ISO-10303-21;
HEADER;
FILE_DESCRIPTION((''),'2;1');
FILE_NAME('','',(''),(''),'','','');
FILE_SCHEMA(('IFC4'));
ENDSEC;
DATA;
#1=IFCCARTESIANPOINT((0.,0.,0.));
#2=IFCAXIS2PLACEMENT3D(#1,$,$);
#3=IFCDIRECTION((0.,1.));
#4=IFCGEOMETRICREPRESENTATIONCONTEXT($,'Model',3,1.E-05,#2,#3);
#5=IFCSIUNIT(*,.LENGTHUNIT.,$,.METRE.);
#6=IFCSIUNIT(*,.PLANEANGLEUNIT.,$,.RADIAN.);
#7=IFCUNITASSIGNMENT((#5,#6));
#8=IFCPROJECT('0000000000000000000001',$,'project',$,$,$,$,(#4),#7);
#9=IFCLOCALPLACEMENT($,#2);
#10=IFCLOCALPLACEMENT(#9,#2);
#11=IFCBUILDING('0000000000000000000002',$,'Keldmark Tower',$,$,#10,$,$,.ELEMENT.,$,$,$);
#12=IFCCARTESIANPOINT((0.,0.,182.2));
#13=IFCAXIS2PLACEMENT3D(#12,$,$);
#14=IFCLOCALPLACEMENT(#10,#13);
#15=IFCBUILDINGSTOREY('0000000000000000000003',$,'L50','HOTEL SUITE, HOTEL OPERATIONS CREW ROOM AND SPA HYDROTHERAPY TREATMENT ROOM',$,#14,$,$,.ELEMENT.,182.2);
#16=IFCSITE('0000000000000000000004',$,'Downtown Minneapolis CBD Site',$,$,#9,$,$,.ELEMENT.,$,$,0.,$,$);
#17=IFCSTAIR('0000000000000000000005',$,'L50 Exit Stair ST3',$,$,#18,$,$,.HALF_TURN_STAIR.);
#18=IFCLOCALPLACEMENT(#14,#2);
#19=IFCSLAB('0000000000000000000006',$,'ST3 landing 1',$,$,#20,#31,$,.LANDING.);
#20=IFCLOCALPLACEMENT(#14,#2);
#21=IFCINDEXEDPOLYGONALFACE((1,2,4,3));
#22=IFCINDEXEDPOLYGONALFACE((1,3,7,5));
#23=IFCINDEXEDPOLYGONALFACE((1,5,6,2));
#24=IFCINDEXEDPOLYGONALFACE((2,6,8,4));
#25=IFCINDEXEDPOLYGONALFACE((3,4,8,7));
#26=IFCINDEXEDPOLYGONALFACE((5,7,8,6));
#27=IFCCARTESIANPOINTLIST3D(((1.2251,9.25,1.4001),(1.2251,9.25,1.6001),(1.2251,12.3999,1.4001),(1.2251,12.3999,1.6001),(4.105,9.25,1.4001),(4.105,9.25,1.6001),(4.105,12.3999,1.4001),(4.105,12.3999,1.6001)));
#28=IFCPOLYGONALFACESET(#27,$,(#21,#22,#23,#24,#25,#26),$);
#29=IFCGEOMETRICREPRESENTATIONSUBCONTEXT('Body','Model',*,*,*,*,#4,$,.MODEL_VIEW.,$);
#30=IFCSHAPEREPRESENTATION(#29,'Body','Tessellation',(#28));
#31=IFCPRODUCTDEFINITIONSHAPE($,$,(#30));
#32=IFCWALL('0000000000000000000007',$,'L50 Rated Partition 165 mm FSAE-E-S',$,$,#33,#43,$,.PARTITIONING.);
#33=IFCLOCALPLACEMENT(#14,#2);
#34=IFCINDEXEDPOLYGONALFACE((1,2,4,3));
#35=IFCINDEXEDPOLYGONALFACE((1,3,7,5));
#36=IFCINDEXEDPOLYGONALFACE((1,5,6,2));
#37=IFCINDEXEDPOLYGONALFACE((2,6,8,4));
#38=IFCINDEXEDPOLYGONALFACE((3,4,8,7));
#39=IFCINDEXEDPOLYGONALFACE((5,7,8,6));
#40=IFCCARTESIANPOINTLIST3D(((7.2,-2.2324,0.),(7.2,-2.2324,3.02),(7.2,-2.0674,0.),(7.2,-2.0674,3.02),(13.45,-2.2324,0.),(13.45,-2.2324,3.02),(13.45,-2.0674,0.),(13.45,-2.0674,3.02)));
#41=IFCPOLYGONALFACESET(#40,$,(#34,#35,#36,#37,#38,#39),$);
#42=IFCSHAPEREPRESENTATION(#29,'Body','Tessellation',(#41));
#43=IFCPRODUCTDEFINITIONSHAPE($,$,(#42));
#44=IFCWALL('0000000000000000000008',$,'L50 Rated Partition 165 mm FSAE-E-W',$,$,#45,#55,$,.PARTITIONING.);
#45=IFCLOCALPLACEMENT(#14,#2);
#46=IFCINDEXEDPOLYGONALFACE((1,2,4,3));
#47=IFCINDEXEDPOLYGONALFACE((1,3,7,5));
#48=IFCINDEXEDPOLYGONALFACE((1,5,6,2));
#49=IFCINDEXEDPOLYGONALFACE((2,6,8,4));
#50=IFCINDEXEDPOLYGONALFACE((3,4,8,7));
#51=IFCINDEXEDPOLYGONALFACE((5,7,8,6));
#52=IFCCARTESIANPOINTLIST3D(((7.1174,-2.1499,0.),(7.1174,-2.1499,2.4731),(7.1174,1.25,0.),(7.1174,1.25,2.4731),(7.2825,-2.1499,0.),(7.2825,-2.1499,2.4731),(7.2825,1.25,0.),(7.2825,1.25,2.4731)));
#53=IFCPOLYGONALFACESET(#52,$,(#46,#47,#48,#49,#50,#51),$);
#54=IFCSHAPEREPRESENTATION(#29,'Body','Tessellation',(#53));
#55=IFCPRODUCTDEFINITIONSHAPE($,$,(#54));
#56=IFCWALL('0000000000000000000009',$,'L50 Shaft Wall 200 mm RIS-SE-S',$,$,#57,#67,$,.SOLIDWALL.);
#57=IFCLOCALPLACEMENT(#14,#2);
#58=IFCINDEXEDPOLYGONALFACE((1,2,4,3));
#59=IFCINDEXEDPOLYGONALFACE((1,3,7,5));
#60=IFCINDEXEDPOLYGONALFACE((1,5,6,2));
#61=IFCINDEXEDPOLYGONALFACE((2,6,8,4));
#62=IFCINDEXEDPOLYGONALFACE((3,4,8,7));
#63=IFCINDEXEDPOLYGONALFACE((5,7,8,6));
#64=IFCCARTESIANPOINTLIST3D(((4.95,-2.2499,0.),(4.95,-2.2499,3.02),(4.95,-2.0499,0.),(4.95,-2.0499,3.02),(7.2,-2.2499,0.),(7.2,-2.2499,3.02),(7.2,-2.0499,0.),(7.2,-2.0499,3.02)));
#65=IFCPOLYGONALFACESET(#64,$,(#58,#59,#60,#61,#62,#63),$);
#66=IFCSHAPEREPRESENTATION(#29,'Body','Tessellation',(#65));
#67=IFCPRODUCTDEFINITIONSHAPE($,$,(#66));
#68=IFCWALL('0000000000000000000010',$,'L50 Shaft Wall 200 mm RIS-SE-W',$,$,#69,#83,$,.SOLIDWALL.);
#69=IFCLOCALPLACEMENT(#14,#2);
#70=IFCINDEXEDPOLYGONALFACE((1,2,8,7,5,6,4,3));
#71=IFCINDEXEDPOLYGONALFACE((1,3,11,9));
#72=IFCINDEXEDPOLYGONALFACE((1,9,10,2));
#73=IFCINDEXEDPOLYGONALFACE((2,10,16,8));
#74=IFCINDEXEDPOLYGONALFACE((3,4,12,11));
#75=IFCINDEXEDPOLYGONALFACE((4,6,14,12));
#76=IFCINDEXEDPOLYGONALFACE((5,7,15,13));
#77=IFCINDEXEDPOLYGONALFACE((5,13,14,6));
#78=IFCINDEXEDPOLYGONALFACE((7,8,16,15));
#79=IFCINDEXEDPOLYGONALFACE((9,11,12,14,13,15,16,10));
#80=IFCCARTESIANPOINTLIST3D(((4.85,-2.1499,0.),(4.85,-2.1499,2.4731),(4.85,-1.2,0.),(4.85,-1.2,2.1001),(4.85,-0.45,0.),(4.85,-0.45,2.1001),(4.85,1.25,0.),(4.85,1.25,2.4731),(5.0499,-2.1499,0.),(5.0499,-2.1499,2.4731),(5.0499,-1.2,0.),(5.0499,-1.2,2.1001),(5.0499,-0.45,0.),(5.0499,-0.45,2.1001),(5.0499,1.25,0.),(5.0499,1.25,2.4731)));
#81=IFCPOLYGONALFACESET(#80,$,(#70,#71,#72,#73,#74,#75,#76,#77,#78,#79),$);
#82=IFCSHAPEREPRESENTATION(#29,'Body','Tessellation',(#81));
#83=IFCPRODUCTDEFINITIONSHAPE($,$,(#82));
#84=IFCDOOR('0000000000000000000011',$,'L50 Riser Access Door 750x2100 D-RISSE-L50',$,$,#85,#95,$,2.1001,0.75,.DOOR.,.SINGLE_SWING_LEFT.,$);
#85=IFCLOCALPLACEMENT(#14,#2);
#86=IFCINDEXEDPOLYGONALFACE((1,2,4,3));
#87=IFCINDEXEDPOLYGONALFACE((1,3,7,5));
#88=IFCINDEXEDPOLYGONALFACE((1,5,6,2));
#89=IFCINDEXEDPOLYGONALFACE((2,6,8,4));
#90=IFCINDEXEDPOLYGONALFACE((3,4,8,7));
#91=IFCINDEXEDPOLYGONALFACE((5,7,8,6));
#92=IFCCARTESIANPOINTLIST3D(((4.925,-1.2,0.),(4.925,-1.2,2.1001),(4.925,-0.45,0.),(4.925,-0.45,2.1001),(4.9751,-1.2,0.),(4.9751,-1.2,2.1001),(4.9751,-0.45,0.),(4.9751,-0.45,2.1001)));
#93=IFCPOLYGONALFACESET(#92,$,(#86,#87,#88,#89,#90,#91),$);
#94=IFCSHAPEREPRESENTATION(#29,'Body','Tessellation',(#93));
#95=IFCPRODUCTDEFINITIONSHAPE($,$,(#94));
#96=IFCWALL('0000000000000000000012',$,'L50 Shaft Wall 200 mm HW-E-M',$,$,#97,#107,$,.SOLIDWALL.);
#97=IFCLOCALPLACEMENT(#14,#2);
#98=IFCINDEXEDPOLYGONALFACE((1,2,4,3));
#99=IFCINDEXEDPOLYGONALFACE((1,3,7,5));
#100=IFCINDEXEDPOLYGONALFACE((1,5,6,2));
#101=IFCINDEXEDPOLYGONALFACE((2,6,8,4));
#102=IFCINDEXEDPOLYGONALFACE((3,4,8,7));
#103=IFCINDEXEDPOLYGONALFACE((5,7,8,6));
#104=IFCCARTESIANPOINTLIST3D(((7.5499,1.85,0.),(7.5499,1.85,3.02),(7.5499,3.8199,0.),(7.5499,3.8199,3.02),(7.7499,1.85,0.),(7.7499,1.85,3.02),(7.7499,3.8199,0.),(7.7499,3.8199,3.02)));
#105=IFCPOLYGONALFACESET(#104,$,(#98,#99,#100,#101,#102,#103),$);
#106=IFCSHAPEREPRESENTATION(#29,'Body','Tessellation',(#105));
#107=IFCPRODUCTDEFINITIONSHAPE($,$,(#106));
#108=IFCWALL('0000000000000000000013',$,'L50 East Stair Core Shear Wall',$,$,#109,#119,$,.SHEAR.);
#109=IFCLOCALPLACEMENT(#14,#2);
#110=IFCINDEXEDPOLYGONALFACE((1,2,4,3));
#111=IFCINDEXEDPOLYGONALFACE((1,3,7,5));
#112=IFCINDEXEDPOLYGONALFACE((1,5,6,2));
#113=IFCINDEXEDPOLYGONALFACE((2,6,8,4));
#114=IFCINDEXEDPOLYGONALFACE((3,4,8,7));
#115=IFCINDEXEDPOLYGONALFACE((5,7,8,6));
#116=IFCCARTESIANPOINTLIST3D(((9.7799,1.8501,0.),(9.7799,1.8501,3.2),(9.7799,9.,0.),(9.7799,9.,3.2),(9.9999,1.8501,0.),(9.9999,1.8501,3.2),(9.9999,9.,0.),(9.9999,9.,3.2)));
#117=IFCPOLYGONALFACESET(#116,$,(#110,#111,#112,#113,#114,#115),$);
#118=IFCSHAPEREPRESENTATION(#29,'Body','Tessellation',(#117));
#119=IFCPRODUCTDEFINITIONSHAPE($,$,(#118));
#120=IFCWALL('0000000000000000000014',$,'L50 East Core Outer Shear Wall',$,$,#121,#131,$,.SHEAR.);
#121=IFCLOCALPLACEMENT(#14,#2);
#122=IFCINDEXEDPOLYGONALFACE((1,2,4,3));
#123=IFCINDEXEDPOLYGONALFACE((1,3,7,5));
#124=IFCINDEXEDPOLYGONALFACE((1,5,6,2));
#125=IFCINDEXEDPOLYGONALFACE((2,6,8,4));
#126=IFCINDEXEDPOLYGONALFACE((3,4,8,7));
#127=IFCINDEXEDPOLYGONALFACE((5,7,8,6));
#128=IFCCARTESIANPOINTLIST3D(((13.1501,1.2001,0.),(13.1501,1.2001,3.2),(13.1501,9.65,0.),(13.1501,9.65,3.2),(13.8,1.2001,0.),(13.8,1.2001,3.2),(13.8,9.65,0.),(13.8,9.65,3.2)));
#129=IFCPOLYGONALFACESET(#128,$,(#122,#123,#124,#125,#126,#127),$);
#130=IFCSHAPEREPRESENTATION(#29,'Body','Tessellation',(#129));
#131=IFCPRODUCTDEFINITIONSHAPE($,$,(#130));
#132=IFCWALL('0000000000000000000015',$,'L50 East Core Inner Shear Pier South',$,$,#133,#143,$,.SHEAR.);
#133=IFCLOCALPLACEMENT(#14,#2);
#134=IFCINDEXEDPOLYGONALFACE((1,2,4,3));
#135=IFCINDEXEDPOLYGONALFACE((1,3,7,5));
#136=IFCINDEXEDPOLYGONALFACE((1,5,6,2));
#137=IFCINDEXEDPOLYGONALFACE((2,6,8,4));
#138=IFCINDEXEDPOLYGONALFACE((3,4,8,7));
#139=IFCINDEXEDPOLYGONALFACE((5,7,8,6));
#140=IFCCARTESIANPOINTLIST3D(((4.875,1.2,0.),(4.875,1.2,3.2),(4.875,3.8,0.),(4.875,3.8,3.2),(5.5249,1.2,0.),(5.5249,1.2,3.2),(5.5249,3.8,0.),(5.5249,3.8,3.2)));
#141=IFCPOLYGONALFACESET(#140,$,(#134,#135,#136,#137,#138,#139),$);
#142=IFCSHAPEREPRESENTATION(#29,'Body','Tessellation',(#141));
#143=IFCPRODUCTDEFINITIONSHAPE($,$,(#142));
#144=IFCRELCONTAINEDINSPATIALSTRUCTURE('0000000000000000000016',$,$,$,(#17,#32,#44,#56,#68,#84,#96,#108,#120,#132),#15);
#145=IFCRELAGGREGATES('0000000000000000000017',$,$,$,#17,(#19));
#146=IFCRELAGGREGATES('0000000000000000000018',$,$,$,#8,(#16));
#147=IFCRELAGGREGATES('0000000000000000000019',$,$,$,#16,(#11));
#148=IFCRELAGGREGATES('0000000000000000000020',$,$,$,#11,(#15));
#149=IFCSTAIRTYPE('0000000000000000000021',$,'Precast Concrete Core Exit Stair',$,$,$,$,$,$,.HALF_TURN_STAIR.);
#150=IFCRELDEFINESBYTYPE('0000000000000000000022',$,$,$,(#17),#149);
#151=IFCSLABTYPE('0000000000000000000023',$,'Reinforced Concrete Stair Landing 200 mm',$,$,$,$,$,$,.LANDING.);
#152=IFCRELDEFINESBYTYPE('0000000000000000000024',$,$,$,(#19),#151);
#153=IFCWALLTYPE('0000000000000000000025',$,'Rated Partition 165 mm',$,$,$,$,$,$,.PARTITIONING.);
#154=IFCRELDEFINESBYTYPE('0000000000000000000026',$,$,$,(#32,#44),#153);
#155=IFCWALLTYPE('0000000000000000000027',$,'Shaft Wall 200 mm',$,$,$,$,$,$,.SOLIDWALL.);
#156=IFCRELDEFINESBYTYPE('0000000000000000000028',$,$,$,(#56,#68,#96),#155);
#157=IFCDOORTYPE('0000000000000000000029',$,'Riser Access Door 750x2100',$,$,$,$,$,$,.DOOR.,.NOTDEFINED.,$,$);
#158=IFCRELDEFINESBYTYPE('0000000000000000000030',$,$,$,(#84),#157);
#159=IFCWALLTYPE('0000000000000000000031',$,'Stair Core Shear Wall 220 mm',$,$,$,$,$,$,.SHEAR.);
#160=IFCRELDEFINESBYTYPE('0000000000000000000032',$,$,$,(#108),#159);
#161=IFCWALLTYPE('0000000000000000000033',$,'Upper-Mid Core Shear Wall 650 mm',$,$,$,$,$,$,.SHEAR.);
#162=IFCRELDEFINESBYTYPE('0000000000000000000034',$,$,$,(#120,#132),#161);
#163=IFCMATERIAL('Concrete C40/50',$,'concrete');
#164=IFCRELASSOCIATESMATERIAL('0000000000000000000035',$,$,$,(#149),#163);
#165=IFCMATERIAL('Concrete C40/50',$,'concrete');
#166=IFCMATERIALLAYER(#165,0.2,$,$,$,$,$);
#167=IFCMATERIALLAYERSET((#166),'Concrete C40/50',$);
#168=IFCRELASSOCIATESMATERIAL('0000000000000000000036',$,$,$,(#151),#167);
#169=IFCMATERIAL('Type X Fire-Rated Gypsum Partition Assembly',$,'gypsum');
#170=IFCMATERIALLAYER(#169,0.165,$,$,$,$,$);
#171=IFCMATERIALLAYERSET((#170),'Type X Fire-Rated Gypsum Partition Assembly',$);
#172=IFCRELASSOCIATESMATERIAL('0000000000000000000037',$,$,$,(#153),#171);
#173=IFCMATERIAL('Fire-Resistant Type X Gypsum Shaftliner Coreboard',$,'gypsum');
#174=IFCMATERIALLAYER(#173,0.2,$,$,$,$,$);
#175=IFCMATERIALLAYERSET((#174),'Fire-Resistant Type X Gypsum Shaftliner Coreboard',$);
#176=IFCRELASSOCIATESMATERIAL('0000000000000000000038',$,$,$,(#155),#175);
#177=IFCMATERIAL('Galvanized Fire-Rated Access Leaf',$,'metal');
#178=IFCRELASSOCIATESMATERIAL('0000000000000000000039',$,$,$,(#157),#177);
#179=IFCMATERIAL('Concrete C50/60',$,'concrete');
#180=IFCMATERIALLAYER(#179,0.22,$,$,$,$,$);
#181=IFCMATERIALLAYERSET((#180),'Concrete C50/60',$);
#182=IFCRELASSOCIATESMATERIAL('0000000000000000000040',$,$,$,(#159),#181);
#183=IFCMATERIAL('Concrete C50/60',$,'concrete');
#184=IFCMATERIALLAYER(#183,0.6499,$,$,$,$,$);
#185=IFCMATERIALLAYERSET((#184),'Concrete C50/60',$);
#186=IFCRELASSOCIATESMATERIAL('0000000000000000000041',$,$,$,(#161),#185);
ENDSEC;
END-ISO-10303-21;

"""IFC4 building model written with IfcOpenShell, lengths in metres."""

from ifc_helpers import new_model, si_unit, direction, frame, frame_2d, origin, place, context, subcontext, project, spatial, polyline, rectangle, outline, extrude, material, layer, layer_set, type_object, element, fill, aggregate, save


model = new_model("IFC4")

# Units and contexts
model_context = context("Model", 3, precision=1e-05, world=origin(), true_north=direction((0.0, 1.0)))
body_context = subcontext(model_context, "Body", "Model", "MODEL_VIEW")
ifc_project = project(units=[si_unit("LENGTHUNIT", "METRE"), si_unit("PLANEANGLEUNIT", "RADIAN")], contexts=[model_context])

# Site, building, storey
site_placement = place(None, origin())
site = spatial("IfcSite", under=ifc_project, at=site_placement, Name="Downtown Minneapolis CBD Site", CompositionType="ELEMENT", RefElevation=0.0)
building_placement = place(site_placement, origin())
building = spatial("IfcBuilding", under=site, at=building_placement, Name="Keldmark Tower", CompositionType="ELEMENT")
storey_placement = place(building_placement, frame((0.0, 0.0, 182.2)))
storey = spatial("IfcBuildingStorey", under=building, at=storey_placement, Name="L50", Description="HOTEL SUITE, HOTEL OPERATIONS CREW ROOM AND SPA HYDROTHERAPY TREATMENT ROOM", CompositionType="ELEMENT", Elevation=182.2)

# Stair, slab
ifc_material_1 = material(Name="Concrete C40/50", Category="concrete")
stair_type = type_object("IfcStairType", Name="Precast Concrete Core Exit Stair", PredefinedType="HALF_TURN_STAIR", material=ifc_material_1)
ifc_material_2 = material(Name="Concrete C40/50", Category="concrete")
ifc_layer_1 = layer(ifc_material_2, 0.2)
ifc_layer_set_1 = layer_set([ifc_layer_1], Name="Concrete C40/50")
slab_type_1 = type_object("IfcSlabType", Name="Reinforced Concrete Stair Landing 200 mm", PredefinedType="LANDING", material=ifc_layer_set_1)
stair_1_placement = place(storey_placement, origin())
stair_1 = element("IfcStair", 1, at=stair_1_placement, inside=storey, type_object=stair_type, Name="L50 Exit Stair ST3", PredefinedType="HALF_TURN_STAIR")
slab_1_placement = place(storey_placement, frame((0.0, 0.0, 1.4001)))
slab_1 = element("IfcSlab", 2, at=slab_1_placement, type_object=slab_type_1, Name="ST3 landing 1", PredefinedType="LANDING", context=body_context, shape_type="SweptSolid", body=[
    extrude(outline(polyline([(1.2251, 9.25), (4.105, 9.25), (4.105, 12.3999), (1.2251, 12.3999), (1.2251, 9.25)])), origin(), (0.0, 0.0, 1.0), 0.2),
])
aggregate(stair_1, [slab_1])

# Walls
ifc_material_3 = material(Name="Type X Fire-Rated Gypsum Partition Assembly", Category="gypsum")
ifc_layer_2 = layer(ifc_material_3, 0.165)
ifc_layer_set_2 = layer_set([ifc_layer_2], Name="Type X Fire-Rated Gypsum Partition Assembly")
wall_type_1 = type_object("IfcWallType", Name="Rated Partition 165 mm", PredefinedType="PARTITIONING", material=ifc_layer_set_2)
wall_1_placement = place(storey_placement, frame((7.2, -2.1499, 0.0), z_axis=(0.0, 0.0, 1.0), x_axis=(1.0, 0.0, 0.0)))
element("IfcWall", 3, at=wall_1_placement, inside=storey, type_object=wall_type_1, Name="L50 Rated Partition 165 mm FSAE-E-S", PredefinedType="PARTITIONING", context=body_context, shape_type="SweptSolid", body=[
    extrude(rectangle(XDim=6.25, YDim=0.165, at=frame_2d((3.125, 0.0))), origin(), (0.0, 0.0, 1.0), 3.02),
])
wall_2_placement = place(storey_placement, frame((7.2, -2.1499, 0.0), z_axis=(0.0, 0.0, 1.0), x_axis=(0.0, 1.0, 0.0)))
element("IfcWall", 4, at=wall_2_placement, inside=storey, type_object=wall_type_1, Name="L50 Rated Partition 165 mm FSAE-E-W", PredefinedType="PARTITIONING", context=body_context, shape_type="SweptSolid", body=[
    extrude(rectangle(XDim=3.3999, YDim=0.165, at=frame_2d((1.7, 0.0))), origin(), (0.0, 0.0, 1.0), 2.4731),
])

# Wall
ifc_material_4 = material(Name="Fire-Resistant Type X Gypsum Shaftliner Coreboard", Category="gypsum")
ifc_layer_3 = layer(ifc_material_4, 0.2)
ifc_layer_set_3 = layer_set([ifc_layer_3], Name="Fire-Resistant Type X Gypsum Shaftliner Coreboard")
wall_type_2 = type_object("IfcWallType", Name="Shaft Wall 200 mm", PredefinedType="SOLIDWALL", material=ifc_layer_set_3)
wall_3_placement = place(storey_placement, frame((4.95, -2.1499, 0.0), z_axis=(0.0, 0.0, 1.0), x_axis=(1.0, 0.0, 0.0)))
element("IfcWall", 5, at=wall_3_placement, inside=storey, type_object=wall_type_2, Name="L50 Shaft Wall 200 mm RIS-SE-S", PredefinedType="SOLIDWALL", context=body_context, shape_type="SweptSolid", body=[
    extrude(rectangle(XDim=2.25, YDim=0.2, at=frame_2d((1.125, 0.0))), origin(), (0.0, 0.0, 1.0), 3.02),
])

# Wall, opening, door
wall_4_placement = place(storey_placement, frame((4.95, -2.1499, 0.0), z_axis=(0.0, 0.0, 1.0), x_axis=(0.0, 1.0, 0.0)))
wall_4 = element("IfcWall", 6, at=wall_4_placement, inside=storey, type_object=wall_type_2, Name="L50 Shaft Wall 200 mm RIS-SE-W", PredefinedType="SOLIDWALL", context=body_context, shape_type="SweptSolid", body=[
    extrude(rectangle(XDim=3.3999, YDim=0.2, at=frame_2d((1.7, 0.0))), origin(), (0.0, 0.0, 1.0), 2.4731),
])
opening_1_placement = place(wall_4_placement, frame((0.95, 0.0, 0.0)))
opening_1 = element("IfcOpeningElement", 7, at=opening_1_placement, cuts=wall_4, PredefinedType="OPENING", context=body_context, shape_type="SweptSolid", body=[
    extrude(rectangle(XDim=0.75, YDim=2.1001, at=frame_2d((0.375, 1.05))), frame((0.0, 0.1099, 0.0), z_axis=(0.0, -1.0, 0.0), x_axis=(1.0, 0.0, 0.0)), (0.0, 0.0, 1.0), 0.22),
])
ifc_material_5 = material(Name="Galvanized Fire-Rated Access Leaf", Category="metal")
door_type_1 = type_object("IfcDoorType", Name="Riser Access Door 750x2100", OperationType="NOTDEFINED", PredefinedType="DOOR", material=ifc_material_5)
door_1_placement = place(opening_1_placement, origin())
door_1 = element("IfcDoor", 8, at=door_1_placement, inside=storey, type_object=door_type_1, Name="L50 Riser Access Door 750x2100 D-RISSE-L50", OperationType="SINGLE_SWING_LEFT", OverallHeight=2.1001, OverallWidth=0.75, PredefinedType="DOOR", context=body_context, shape_type="SweptSolid", body=[
    extrude(rectangle(XDim=0.75, YDim=2.1001, at=frame_2d((0.375, 1.05))), frame((0.0, 0.0249, 0.0), z_axis=(0.0, -1.0, 0.0), x_axis=(1.0, 0.0, 0.0)), (0.0, 0.0, 1.0), 0.05),
])
fill(opening_1, door_1)

# Walls
wall_5_placement = place(storey_placement, frame((7.6499, 1.8501, 0.0), z_axis=(0.0, 0.0, 1.0), x_axis=(0.0, 1.0, 0.0)))
element("IfcWall", 9, at=wall_5_placement, inside=storey, type_object=wall_type_2, Name="L50 Shaft Wall 200 mm HW-E-M", PredefinedType="SOLIDWALL", context=body_context, shape_type="SweptSolid", body=[
    extrude(rectangle(XDim=1.97, YDim=0.2, at=frame_2d((0.9849, 0.0))), origin(), (0.0, 0.0, 1.0), 3.02),
])
ifc_material_6 = material(Name="Concrete C50/60", Category="concrete")
ifc_layer_4 = layer(ifc_material_6, 0.22)
ifc_layer_set_4 = layer_set([ifc_layer_4], Name="Concrete C50/60")
wall_type_3 = type_object("IfcWallType", Name="Stair Core Shear Wall 220 mm", PredefinedType="SHEAR", material=ifc_layer_set_4)
wall_6_placement = place(storey_placement, frame((9.8899, 1.8501, 0.0), z_axis=(0.0, 0.0, 1.0), x_axis=(0.0, 1.0, 0.0)))
element("IfcWall", 10, at=wall_6_placement, inside=storey, type_object=wall_type_3, Name="L50 East Stair Core Shear Wall", PredefinedType="SHEAR", context=body_context, shape_type="SweptSolid", body=[
    extrude(rectangle(XDim=7.1499, YDim=0.22, at=frame_2d((3.575, 0.0))), origin(), (0.0, 0.0, 1.0), 3.2),
])
ifc_material_7 = material(Name="Concrete C50/60", Category="concrete")
ifc_layer_5 = layer(ifc_material_7, 0.6499)
ifc_layer_set_5 = layer_set([ifc_layer_5], Name="Concrete C50/60")
wall_type_4 = type_object("IfcWallType", Name="Upper-Mid Core Shear Wall 650 mm", PredefinedType="SHEAR", material=ifc_layer_set_5)
wall_7_placement = place(storey_placement, frame((13.4751, 1.2, 0.0), z_axis=(0.0, 0.0, 1.0), x_axis=(0.0, 1.0, 0.0)))
element("IfcWall", 11, at=wall_7_placement, inside=storey, type_object=wall_type_4, Name="L50 East Core Outer Shear Wall", PredefinedType="SHEAR", context=body_context, shape_type="SweptSolid", body=[
    extrude(rectangle(XDim=8.45, YDim=0.6499, at=frame_2d((4.2251, 0.0))), origin(), (0.0, 0.0, 1.0), 3.2),
])
wall_8_placement = place(storey_placement, frame((5.2, 1.2, 0.0), z_axis=(0.0, 0.0, 1.0), x_axis=(0.0, 1.0, 0.0)))
element("IfcWall", 12, at=wall_8_placement, inside=storey, type_object=wall_type_4, Name="L50 East Core Inner Shear Pier South", PredefinedType="SHEAR", context=body_context, shape_type="SweptSolid", body=[
    extrude(rectangle(XDim=2.6001, YDim=0.6499, at=frame_2d((1.3, 0.0))), origin(), (0.0, 0.0, 1.0), 3.2),
])

save(model, "model.ifc")
